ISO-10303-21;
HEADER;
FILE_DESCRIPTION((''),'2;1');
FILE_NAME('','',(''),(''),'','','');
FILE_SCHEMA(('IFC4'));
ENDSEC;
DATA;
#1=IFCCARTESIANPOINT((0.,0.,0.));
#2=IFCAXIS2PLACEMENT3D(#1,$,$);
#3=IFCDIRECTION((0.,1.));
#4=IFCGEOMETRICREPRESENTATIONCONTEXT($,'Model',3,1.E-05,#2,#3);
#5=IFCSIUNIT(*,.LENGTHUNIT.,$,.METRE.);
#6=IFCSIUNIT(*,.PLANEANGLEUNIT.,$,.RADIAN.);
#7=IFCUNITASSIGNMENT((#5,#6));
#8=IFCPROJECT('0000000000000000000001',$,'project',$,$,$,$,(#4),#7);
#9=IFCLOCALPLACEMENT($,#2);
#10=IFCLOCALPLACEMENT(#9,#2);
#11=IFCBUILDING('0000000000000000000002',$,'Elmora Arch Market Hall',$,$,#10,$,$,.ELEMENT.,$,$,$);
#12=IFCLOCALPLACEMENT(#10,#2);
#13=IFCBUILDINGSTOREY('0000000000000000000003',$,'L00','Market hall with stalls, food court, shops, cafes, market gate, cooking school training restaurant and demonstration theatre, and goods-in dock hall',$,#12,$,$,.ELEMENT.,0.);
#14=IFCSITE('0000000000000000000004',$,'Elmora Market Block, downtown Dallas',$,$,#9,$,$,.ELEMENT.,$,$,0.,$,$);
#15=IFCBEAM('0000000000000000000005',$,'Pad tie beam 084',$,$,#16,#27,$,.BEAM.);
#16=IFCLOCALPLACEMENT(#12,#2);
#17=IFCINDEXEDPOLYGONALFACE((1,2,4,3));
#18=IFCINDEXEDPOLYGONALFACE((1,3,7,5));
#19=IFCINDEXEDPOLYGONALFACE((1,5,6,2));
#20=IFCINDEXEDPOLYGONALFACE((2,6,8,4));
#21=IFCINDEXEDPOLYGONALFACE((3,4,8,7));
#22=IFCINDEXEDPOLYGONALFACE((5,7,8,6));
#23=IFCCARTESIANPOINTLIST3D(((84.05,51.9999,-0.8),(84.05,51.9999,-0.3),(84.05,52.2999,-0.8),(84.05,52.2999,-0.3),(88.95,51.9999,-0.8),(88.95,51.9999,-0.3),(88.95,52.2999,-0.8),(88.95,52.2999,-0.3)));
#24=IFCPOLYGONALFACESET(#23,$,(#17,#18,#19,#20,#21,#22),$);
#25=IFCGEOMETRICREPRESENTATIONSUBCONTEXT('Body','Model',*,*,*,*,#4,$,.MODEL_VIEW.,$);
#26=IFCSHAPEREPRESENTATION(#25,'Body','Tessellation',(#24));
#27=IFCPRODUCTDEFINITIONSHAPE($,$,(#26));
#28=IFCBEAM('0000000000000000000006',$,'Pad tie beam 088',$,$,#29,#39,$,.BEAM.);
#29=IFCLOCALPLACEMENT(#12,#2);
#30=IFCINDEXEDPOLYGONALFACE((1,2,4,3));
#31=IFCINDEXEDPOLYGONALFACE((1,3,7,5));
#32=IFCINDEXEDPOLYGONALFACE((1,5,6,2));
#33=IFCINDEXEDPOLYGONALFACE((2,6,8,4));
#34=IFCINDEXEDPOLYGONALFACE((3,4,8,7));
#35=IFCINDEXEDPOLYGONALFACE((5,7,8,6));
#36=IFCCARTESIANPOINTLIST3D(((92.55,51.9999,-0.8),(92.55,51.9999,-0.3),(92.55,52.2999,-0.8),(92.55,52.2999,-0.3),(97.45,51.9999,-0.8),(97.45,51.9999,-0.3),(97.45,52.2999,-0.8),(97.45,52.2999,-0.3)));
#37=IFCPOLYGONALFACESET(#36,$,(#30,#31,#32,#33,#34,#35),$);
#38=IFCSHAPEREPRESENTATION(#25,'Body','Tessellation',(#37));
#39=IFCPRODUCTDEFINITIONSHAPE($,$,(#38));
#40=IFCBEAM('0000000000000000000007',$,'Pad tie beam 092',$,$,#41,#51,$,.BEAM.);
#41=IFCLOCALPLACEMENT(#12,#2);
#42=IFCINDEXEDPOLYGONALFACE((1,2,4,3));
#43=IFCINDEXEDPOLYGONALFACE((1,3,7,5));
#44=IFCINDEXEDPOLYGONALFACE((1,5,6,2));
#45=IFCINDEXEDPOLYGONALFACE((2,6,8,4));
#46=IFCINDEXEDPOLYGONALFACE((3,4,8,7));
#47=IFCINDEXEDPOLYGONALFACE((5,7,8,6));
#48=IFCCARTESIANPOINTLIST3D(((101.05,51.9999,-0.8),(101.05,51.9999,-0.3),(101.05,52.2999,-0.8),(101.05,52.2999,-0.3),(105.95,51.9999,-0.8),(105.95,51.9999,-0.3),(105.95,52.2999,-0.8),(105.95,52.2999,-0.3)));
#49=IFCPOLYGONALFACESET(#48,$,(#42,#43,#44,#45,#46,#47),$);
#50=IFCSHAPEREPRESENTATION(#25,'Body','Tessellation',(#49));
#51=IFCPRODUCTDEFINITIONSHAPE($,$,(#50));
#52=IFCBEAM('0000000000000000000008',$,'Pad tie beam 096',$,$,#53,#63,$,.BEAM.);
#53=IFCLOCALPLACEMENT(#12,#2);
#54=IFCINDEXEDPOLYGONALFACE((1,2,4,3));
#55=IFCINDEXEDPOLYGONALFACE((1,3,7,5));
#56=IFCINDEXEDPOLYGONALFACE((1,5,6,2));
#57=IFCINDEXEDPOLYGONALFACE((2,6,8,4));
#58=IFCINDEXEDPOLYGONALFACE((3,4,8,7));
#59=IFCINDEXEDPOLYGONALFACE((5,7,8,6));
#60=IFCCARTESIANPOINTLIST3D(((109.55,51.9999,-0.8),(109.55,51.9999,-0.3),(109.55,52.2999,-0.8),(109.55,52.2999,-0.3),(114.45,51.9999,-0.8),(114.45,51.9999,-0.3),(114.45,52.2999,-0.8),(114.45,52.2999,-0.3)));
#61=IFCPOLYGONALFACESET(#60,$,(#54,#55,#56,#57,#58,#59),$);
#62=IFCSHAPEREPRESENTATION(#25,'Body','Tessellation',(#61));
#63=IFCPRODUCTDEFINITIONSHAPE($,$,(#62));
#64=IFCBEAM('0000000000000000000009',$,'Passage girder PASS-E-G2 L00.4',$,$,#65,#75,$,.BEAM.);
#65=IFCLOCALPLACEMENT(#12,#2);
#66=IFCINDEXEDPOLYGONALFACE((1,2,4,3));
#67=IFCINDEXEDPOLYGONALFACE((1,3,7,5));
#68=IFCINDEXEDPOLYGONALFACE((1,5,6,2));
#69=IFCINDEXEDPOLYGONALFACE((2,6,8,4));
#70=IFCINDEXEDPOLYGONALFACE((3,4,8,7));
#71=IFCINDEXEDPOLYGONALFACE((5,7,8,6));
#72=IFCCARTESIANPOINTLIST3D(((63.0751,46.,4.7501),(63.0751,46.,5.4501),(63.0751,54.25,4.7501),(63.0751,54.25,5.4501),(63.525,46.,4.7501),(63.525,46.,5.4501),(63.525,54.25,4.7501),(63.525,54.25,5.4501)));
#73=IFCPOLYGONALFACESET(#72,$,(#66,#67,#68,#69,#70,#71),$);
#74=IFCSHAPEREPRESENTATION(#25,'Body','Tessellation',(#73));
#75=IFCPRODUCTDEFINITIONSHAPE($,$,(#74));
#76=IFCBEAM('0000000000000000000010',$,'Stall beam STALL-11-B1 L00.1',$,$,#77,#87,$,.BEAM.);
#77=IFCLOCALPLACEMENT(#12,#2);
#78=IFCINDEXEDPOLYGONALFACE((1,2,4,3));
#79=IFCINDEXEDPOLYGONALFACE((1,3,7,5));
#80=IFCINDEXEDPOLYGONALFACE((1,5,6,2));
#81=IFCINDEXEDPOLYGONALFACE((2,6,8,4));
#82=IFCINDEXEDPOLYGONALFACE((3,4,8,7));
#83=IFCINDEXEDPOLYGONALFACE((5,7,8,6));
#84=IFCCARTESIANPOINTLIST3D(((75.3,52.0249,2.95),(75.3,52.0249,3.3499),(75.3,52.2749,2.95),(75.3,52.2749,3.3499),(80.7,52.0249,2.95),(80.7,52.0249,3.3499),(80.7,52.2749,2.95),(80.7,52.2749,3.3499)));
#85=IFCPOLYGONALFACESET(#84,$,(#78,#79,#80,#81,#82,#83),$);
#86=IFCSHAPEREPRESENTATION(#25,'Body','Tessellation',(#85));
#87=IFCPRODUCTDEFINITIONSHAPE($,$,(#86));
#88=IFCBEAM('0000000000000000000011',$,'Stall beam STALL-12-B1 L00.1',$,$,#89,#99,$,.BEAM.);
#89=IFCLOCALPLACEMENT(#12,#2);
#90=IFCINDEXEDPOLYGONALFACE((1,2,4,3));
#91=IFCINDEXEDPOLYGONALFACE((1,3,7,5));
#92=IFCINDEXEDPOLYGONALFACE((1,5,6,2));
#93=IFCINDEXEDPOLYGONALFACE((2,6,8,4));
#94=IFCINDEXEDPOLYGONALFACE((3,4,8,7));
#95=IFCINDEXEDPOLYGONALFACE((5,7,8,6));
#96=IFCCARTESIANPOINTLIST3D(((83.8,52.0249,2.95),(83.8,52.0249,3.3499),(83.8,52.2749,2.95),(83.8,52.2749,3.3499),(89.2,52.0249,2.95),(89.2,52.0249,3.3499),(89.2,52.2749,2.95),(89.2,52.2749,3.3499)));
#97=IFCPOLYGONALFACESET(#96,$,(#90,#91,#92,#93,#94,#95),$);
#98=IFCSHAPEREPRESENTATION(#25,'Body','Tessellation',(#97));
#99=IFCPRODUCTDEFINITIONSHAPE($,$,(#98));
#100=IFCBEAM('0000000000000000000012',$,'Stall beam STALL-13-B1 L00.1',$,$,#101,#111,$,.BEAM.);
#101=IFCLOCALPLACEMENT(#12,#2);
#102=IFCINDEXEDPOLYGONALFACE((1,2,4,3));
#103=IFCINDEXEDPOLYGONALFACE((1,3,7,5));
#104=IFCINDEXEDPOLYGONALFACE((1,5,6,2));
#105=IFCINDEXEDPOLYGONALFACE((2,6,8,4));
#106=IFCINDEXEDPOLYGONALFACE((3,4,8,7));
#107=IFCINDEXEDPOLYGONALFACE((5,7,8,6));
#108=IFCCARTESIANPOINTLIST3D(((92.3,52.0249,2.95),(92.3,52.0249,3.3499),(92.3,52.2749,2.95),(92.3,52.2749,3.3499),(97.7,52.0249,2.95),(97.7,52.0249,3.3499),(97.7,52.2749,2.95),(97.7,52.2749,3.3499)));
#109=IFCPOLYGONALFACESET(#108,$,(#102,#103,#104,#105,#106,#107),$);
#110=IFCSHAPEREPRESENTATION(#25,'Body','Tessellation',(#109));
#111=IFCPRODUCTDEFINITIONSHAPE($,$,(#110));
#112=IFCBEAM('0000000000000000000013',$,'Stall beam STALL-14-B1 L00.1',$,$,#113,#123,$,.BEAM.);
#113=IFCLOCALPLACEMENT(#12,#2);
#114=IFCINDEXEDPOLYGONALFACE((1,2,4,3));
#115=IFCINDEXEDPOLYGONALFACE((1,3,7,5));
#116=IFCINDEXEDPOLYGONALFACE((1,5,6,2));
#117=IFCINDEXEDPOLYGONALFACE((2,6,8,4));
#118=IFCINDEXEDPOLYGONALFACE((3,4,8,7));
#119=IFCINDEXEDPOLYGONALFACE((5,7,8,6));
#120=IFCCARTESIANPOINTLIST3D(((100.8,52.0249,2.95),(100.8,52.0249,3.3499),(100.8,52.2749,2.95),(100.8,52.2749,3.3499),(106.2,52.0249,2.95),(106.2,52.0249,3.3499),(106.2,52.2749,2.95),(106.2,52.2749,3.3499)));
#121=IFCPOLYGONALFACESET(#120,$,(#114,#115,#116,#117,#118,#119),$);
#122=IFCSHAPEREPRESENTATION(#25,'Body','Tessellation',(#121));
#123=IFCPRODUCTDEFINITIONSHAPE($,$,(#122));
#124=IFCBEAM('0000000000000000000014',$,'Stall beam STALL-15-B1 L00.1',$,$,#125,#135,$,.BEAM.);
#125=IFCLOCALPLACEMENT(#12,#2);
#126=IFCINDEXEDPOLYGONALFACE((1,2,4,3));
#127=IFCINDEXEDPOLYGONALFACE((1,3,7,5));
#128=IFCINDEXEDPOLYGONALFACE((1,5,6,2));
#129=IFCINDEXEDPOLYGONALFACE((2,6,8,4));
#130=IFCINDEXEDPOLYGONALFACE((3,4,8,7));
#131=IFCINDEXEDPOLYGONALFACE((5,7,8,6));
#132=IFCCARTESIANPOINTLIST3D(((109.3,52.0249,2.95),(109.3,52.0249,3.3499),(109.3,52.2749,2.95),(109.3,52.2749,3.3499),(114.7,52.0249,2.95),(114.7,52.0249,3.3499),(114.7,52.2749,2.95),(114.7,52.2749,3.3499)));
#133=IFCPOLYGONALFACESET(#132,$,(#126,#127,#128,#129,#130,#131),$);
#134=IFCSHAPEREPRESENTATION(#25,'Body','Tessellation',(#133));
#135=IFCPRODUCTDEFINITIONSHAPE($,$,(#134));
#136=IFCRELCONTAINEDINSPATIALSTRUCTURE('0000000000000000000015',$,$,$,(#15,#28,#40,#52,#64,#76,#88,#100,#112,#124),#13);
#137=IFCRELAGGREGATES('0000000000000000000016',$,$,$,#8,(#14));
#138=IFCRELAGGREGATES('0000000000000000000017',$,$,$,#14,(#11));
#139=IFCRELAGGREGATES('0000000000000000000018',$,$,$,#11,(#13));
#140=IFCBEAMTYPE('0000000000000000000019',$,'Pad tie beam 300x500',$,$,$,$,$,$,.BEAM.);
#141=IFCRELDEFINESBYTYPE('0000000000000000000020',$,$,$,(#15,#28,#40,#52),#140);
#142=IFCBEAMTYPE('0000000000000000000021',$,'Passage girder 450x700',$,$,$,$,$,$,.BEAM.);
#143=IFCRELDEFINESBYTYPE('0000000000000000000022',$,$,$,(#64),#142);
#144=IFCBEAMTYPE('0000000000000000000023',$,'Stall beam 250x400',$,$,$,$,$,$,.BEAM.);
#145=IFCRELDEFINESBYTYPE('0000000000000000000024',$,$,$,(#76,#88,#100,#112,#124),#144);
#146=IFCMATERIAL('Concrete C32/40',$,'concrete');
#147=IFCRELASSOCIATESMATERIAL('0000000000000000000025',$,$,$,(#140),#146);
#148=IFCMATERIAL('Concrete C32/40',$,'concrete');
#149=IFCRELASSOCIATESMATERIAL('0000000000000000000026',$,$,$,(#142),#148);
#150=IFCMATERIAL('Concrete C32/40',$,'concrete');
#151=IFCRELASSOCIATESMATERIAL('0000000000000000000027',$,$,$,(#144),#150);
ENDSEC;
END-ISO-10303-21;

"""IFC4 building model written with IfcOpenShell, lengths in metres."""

from ifc_helpers import new_model, si_unit, direction, frame, origin, origin_2d, place, context, subcontext, project, spatial, rectangle, extrude, material, material_profile, profile_set, type_object, element, save


model = new_model("IFC4")

# Units and contexts
model_context = context("Model", 3, precision=1e-05, world=origin(), true_north=direction((0.0, 1.0)))
body_context = subcontext(model_context, "Body", "Model", "MODEL_VIEW")
ifc_project = project(units=[si_unit("LENGTHUNIT", "METRE"), si_unit("PLANEANGLEUNIT", "RADIAN")], contexts=[model_context])

# Site, building, storey
site_placement = place(None, origin())
site = spatial("IfcSite", under=ifc_project, at=site_placement, Name="Elmora Market Block, downtown Dallas", CompositionType="ELEMENT", RefElevation=0.0)
building_placement = place(site_placement, origin())
building = spatial("IfcBuilding", under=site, at=building_placement, Name="Elmora Arch Market Hall", CompositionType="ELEMENT")
storey_placement = place(building_placement, origin())
storey = spatial("IfcBuildingStorey", under=building, at=storey_placement, Name="L00", Description="Market hall with stalls, food court, shops, cafes, market gate, cooking school training restaurant and demonstration theatre, and goods-in dock hall", CompositionType="ELEMENT", Elevation=0.0)

# Beams
ifc_material_1 = material(Name="Concrete C32/40", Category="concrete")
ifc_material_profile_1 = material_profile(ifc_material_1, rectangle(XDim=0.3, YDim=0.5, at=origin_2d()), Name="Pad tie beam 300x500")
ifc_profile_set_1 = profile_set([ifc_material_profile_1], Name="Concrete C32/40")
beam_type_1 = type_object("IfcBeamType", Name="Pad tie beam 300x500", PredefinedType="BEAM", material=ifc_profile_set_1)
for number, where, z_axis, x_axis, name in (
    (1, (84.05, 52.1499, -0.55), (1.0, 0.0, 0.0), (0.0, 1.0, 0.0), "Pad tie beam 084"),
    (2, (92.55, 52.1499, -0.55), (1.0, 0.0, 0.0), (0.0, 1.0, 0.0), "Pad tie beam 088"),
    (3, (101.05, 52.1499, -0.55), (1.0, 0.0, 0.0), (0.0, 1.0, 0.0), "Pad tie beam 092"),
    (4, (109.55, 52.1499, -0.55), (1.0, 0.0, 0.0), (0.0, 1.0, 0.0), "Pad tie beam 096"),
):
    element("IfcBeam", number, at=place(storey_placement, frame(where, z_axis=z_axis, x_axis=x_axis)), inside=storey, type_object=beam_type_1, Name=name, PredefinedType="BEAM", context=body_context, shape_type="SweptSolid", body=[
        extrude(rectangle(XDim=0.3, YDim=0.5, at=origin_2d()), origin(), (0.0, 0.0, 1.0), 4.8999),
    ])
ifc_material_2 = material(Name="Concrete C32/40", Category="concrete")
ifc_material_profile_2 = material_profile(ifc_material_2, rectangle(XDim=0.45, YDim=0.7, at=origin_2d()), Name="Passage girder 450x700")
ifc_profile_set_2 = profile_set([ifc_material_profile_2], Name="Concrete C32/40")
beam_type_2 = type_object("IfcBeamType", Name="Passage girder 450x700", PredefinedType="BEAM", material=ifc_profile_set_2)
beam_placement = place(storey_placement, frame((63.3, 46.0, 5.1001), z_axis=(0.0, 1.0, 0.0), x_axis=(-1.0, 0.0, 0.0)))
element("IfcBeam", 5, at=beam_placement, inside=storey, type_object=beam_type_2, Name="Passage girder PASS-E-G2 L00.4", PredefinedType="BEAM", context=body_context, shape_type="SweptSolid", body=[
    extrude(rectangle(XDim=0.45, YDim=0.7, at=origin_2d()), origin(), (0.0, 0.0, 1.0), 8.25),
])
ifc_material_3 = material(Name="Concrete C32/40", Category="concrete")
ifc_material_profile_3 = material_profile(ifc_material_3, rectangle(XDim=0.25, YDim=0.3999, at=origin_2d()), Name="Stall beam 250x400")
ifc_profile_set_3 = profile_set([ifc_material_profile_3], Name="Concrete C32/40")
beam_type_3 = type_object("IfcBeamType", Name="Stall beam 250x400", PredefinedType="BEAM", material=ifc_profile_set_3)
for number, where, z_axis, x_axis, name in (
    (6, (75.3, 52.1499, 3.1499), (1.0, 0.0, 0.0), (0.0, 1.0, 0.0), "Stall beam STALL-11-B1 L00.1"),
    (7, (83.8, 52.1499, 3.1499), (1.0, 0.0, 0.0), (0.0, 1.0, 0.0), "Stall beam STALL-12-B1 L00.1"),
    (8, (92.3, 52.1499, 3.1499), (1.0, 0.0, 0.0), (0.0, 1.0, 0.0), "Stall beam STALL-13-B1 L00.1"),
    (9, (100.8, 52.1499, 3.1499), (1.0, 0.0, 0.0), (0.0, 1.0, 0.0), "Stall beam STALL-14-B1 L00.1"),
    (10, (109.3, 52.1499, 3.1499), (1.0, 0.0, 0.0), (0.0, 1.0, 0.0), "Stall beam STALL-15-B1 L00.1"),
):
    element("IfcBeam", number, at=place(storey_placement, frame(where, z_axis=z_axis, x_axis=x_axis)), inside=storey, type_object=beam_type_3, Name=name, PredefinedType="BEAM", context=body_context, shape_type="SweptSolid", body=[
        extrude(rectangle(XDim=0.25, YDim=0.3999, at=origin_2d()), origin(), (0.0, 0.0, 1.0), 5.3999),
    ])

save(model, "model.ifc")
